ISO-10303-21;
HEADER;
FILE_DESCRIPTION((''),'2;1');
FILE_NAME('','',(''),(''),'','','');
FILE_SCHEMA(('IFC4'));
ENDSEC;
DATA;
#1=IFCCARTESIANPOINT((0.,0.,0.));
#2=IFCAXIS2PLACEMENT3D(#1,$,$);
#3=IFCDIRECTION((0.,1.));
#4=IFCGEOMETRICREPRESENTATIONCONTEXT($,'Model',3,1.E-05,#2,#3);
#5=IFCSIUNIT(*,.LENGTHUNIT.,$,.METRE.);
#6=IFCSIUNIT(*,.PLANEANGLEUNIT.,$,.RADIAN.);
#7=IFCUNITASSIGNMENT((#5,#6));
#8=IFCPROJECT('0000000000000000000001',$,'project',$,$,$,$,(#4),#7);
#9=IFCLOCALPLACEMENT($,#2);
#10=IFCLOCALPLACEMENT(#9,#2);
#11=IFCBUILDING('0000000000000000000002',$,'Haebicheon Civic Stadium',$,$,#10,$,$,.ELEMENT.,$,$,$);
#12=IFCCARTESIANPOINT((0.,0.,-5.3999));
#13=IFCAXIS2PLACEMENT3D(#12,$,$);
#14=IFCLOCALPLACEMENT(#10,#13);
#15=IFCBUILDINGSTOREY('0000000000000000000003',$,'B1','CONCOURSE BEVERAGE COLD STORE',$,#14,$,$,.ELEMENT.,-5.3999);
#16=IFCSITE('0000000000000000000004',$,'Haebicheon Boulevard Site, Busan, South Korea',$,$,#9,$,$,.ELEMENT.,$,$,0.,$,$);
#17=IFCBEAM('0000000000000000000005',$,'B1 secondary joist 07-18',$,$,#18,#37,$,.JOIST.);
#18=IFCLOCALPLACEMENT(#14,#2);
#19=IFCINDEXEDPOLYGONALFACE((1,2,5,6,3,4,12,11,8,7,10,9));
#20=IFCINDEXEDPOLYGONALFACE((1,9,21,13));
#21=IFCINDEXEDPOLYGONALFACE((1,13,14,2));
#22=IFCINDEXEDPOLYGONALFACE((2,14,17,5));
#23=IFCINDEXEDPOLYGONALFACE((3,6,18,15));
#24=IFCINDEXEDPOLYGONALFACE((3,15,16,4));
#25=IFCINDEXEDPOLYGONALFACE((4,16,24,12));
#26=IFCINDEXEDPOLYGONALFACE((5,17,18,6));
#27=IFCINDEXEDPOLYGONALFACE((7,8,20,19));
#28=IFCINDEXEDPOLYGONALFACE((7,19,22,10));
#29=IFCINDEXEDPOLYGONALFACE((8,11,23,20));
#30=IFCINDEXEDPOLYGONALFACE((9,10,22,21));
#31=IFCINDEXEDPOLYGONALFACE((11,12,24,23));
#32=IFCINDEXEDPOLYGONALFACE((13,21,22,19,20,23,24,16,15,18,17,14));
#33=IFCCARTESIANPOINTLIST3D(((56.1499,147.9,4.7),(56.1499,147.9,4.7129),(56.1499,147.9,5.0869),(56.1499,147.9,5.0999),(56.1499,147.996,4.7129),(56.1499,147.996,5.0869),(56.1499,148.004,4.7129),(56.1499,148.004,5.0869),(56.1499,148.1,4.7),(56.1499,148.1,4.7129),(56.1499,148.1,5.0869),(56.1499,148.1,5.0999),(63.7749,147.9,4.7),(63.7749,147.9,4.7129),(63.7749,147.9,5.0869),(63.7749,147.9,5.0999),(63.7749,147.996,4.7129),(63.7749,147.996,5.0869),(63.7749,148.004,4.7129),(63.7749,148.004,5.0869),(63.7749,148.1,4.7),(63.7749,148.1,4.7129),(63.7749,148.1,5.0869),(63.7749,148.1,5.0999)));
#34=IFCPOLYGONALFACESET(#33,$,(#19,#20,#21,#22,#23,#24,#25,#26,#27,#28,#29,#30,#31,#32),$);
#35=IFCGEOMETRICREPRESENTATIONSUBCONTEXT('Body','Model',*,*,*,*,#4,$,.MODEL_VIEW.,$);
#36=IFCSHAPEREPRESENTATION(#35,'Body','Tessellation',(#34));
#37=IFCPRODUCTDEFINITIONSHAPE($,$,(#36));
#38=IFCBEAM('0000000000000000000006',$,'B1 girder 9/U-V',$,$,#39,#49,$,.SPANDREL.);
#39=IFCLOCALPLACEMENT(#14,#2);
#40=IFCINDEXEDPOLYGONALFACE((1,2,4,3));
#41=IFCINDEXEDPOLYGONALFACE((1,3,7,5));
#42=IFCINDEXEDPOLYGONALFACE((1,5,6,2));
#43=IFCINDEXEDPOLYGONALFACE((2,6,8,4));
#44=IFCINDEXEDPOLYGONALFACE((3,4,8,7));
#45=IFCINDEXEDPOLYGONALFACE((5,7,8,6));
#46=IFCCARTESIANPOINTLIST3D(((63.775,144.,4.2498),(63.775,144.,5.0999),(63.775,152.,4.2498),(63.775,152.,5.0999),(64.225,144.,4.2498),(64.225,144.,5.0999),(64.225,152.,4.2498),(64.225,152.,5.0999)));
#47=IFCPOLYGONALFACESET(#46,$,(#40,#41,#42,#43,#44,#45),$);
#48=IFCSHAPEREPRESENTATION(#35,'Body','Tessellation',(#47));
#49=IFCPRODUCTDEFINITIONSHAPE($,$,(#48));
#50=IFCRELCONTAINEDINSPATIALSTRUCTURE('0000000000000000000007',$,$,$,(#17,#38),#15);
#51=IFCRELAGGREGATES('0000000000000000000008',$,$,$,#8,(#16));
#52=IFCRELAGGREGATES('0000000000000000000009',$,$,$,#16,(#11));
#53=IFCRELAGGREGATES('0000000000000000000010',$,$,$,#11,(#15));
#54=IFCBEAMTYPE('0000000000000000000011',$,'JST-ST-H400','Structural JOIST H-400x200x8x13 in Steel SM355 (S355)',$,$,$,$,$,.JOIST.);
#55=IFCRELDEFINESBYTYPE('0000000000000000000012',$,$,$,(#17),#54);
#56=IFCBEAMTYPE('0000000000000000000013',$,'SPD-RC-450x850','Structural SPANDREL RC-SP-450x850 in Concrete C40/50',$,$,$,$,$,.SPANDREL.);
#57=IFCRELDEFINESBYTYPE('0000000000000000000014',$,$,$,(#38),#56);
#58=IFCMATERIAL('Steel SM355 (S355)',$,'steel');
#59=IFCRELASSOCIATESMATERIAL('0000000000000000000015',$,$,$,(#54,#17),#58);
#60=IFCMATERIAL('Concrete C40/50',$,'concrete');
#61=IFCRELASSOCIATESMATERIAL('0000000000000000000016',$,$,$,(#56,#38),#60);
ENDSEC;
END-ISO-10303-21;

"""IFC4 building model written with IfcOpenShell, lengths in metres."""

from ifc_helpers import new_model, si_unit, direction, frame, origin, origin_2d, place, context, subcontext, project, spatial, rectangle, i_section, extrude, material, material_profile, profile_set, type_object, element, save


model = new_model("IFC4")

# Units and contexts
model_context = context("Model", 3, precision=1e-05, world=origin(), true_north=direction((0.0, 1.0)))
body_context = subcontext(model_context, "Body", "Model", "MODEL_VIEW")
ifc_project = project(units=[si_unit("LENGTHUNIT", "METRE"), si_unit("PLANEANGLEUNIT", "RADIAN")], contexts=[model_context])

# Site, building, storey
site_placement = place(None, origin())
site = spatial("IfcSite", under=ifc_project, at=site_placement, Name="Haebicheon Boulevard Site, Busan, South Korea", CompositionType="ELEMENT", RefElevation=0.0)
building_placement = place(site_placement, origin())
building = spatial("IfcBuilding", under=site, at=building_placement, Name="Haebicheon Civic Stadium", CompositionType="ELEMENT")
storey_placement = place(building_placement, frame((0.0, 0.0, -5.3999)))
storey = spatial("IfcBuildingStorey", under=building, at=storey_placement, Name="B1", Description="CONCOURSE BEVERAGE COLD STORE", CompositionType="ELEMENT", Elevation=-5.3999)

# Beams
ifc_material_1 = material(Name="Steel SM355 (S355)", Category="steel")
ifc_material_profile_1 = material_profile(ifc_material_1, i_section(OverallWidth=0.2, OverallDepth=0.3999, WebThickness=0.0081, FlangeThickness=0.0129, at=origin_2d()), Name="H-400x200x8x13")
ifc_profile_set_1 = profile_set([ifc_material_profile_1], Name="Steel SM355 (S355)")
beam_type_1 = type_object("IfcBeamType", Name="JST-ST-H400", Description="Structural JOIST H-400x200x8x13 in Steel SM355 (S355)", PredefinedType="JOIST", material=ifc_profile_set_1)
beam_1_placement = place(storey_placement, frame((56.1499, 148.0, 4.8999), z_axis=(1.0, 0.0, 0.0), x_axis=(0.0, 1.0, 0.0)))
element("IfcBeam", 1, at=beam_1_placement, inside=storey, type_object=beam_type_1, material=ifc_profile_set_1, Name="B1 secondary joist 07-18", PredefinedType="JOIST", context=body_context, shape_type="SweptSolid", body=[
    extrude(i_section(OverallWidth=0.2, OverallDepth=0.3999, WebThickness=0.0081, FlangeThickness=0.0129, at=origin_2d()), origin(), (0.0, 0.0, 1.0), 7.625),
])
ifc_material_2 = material(Name="Concrete C40/50", Category="concrete")
ifc_material_profile_2 = material_profile(ifc_material_2, rectangle(XDim=0.45, YDim=0.8501, at=origin_2d()), Name="RC-SP-450x850")
ifc_profile_set_2 = profile_set([ifc_material_profile_2], Name="Concrete C40/50")
beam_type_2 = type_object("IfcBeamType", Name="SPD-RC-450x850", Description="Structural SPANDREL RC-SP-450x850 in Concrete C40/50", PredefinedType="SPANDREL", material=ifc_profile_set_2)
beam_2_placement = place(storey_placement, frame((64.0, 144.0, 4.6748), z_axis=(0.0, 1.0, 0.0), x_axis=(-1.0, 0.0, 0.0)))
element("IfcBeam", 2, at=beam_2_placement, inside=storey, type_object=beam_type_2, material=ifc_profile_set_2, Name="B1 girder 9/U-V", PredefinedType="SPANDREL", context=body_context, shape_type="SweptSolid", body=[
    extrude(rectangle(XDim=0.45, YDim=0.8501, at=origin_2d()), origin(), (0.0, 0.0, 1.0), 8.0),
])

save(model, "model.ifc")
